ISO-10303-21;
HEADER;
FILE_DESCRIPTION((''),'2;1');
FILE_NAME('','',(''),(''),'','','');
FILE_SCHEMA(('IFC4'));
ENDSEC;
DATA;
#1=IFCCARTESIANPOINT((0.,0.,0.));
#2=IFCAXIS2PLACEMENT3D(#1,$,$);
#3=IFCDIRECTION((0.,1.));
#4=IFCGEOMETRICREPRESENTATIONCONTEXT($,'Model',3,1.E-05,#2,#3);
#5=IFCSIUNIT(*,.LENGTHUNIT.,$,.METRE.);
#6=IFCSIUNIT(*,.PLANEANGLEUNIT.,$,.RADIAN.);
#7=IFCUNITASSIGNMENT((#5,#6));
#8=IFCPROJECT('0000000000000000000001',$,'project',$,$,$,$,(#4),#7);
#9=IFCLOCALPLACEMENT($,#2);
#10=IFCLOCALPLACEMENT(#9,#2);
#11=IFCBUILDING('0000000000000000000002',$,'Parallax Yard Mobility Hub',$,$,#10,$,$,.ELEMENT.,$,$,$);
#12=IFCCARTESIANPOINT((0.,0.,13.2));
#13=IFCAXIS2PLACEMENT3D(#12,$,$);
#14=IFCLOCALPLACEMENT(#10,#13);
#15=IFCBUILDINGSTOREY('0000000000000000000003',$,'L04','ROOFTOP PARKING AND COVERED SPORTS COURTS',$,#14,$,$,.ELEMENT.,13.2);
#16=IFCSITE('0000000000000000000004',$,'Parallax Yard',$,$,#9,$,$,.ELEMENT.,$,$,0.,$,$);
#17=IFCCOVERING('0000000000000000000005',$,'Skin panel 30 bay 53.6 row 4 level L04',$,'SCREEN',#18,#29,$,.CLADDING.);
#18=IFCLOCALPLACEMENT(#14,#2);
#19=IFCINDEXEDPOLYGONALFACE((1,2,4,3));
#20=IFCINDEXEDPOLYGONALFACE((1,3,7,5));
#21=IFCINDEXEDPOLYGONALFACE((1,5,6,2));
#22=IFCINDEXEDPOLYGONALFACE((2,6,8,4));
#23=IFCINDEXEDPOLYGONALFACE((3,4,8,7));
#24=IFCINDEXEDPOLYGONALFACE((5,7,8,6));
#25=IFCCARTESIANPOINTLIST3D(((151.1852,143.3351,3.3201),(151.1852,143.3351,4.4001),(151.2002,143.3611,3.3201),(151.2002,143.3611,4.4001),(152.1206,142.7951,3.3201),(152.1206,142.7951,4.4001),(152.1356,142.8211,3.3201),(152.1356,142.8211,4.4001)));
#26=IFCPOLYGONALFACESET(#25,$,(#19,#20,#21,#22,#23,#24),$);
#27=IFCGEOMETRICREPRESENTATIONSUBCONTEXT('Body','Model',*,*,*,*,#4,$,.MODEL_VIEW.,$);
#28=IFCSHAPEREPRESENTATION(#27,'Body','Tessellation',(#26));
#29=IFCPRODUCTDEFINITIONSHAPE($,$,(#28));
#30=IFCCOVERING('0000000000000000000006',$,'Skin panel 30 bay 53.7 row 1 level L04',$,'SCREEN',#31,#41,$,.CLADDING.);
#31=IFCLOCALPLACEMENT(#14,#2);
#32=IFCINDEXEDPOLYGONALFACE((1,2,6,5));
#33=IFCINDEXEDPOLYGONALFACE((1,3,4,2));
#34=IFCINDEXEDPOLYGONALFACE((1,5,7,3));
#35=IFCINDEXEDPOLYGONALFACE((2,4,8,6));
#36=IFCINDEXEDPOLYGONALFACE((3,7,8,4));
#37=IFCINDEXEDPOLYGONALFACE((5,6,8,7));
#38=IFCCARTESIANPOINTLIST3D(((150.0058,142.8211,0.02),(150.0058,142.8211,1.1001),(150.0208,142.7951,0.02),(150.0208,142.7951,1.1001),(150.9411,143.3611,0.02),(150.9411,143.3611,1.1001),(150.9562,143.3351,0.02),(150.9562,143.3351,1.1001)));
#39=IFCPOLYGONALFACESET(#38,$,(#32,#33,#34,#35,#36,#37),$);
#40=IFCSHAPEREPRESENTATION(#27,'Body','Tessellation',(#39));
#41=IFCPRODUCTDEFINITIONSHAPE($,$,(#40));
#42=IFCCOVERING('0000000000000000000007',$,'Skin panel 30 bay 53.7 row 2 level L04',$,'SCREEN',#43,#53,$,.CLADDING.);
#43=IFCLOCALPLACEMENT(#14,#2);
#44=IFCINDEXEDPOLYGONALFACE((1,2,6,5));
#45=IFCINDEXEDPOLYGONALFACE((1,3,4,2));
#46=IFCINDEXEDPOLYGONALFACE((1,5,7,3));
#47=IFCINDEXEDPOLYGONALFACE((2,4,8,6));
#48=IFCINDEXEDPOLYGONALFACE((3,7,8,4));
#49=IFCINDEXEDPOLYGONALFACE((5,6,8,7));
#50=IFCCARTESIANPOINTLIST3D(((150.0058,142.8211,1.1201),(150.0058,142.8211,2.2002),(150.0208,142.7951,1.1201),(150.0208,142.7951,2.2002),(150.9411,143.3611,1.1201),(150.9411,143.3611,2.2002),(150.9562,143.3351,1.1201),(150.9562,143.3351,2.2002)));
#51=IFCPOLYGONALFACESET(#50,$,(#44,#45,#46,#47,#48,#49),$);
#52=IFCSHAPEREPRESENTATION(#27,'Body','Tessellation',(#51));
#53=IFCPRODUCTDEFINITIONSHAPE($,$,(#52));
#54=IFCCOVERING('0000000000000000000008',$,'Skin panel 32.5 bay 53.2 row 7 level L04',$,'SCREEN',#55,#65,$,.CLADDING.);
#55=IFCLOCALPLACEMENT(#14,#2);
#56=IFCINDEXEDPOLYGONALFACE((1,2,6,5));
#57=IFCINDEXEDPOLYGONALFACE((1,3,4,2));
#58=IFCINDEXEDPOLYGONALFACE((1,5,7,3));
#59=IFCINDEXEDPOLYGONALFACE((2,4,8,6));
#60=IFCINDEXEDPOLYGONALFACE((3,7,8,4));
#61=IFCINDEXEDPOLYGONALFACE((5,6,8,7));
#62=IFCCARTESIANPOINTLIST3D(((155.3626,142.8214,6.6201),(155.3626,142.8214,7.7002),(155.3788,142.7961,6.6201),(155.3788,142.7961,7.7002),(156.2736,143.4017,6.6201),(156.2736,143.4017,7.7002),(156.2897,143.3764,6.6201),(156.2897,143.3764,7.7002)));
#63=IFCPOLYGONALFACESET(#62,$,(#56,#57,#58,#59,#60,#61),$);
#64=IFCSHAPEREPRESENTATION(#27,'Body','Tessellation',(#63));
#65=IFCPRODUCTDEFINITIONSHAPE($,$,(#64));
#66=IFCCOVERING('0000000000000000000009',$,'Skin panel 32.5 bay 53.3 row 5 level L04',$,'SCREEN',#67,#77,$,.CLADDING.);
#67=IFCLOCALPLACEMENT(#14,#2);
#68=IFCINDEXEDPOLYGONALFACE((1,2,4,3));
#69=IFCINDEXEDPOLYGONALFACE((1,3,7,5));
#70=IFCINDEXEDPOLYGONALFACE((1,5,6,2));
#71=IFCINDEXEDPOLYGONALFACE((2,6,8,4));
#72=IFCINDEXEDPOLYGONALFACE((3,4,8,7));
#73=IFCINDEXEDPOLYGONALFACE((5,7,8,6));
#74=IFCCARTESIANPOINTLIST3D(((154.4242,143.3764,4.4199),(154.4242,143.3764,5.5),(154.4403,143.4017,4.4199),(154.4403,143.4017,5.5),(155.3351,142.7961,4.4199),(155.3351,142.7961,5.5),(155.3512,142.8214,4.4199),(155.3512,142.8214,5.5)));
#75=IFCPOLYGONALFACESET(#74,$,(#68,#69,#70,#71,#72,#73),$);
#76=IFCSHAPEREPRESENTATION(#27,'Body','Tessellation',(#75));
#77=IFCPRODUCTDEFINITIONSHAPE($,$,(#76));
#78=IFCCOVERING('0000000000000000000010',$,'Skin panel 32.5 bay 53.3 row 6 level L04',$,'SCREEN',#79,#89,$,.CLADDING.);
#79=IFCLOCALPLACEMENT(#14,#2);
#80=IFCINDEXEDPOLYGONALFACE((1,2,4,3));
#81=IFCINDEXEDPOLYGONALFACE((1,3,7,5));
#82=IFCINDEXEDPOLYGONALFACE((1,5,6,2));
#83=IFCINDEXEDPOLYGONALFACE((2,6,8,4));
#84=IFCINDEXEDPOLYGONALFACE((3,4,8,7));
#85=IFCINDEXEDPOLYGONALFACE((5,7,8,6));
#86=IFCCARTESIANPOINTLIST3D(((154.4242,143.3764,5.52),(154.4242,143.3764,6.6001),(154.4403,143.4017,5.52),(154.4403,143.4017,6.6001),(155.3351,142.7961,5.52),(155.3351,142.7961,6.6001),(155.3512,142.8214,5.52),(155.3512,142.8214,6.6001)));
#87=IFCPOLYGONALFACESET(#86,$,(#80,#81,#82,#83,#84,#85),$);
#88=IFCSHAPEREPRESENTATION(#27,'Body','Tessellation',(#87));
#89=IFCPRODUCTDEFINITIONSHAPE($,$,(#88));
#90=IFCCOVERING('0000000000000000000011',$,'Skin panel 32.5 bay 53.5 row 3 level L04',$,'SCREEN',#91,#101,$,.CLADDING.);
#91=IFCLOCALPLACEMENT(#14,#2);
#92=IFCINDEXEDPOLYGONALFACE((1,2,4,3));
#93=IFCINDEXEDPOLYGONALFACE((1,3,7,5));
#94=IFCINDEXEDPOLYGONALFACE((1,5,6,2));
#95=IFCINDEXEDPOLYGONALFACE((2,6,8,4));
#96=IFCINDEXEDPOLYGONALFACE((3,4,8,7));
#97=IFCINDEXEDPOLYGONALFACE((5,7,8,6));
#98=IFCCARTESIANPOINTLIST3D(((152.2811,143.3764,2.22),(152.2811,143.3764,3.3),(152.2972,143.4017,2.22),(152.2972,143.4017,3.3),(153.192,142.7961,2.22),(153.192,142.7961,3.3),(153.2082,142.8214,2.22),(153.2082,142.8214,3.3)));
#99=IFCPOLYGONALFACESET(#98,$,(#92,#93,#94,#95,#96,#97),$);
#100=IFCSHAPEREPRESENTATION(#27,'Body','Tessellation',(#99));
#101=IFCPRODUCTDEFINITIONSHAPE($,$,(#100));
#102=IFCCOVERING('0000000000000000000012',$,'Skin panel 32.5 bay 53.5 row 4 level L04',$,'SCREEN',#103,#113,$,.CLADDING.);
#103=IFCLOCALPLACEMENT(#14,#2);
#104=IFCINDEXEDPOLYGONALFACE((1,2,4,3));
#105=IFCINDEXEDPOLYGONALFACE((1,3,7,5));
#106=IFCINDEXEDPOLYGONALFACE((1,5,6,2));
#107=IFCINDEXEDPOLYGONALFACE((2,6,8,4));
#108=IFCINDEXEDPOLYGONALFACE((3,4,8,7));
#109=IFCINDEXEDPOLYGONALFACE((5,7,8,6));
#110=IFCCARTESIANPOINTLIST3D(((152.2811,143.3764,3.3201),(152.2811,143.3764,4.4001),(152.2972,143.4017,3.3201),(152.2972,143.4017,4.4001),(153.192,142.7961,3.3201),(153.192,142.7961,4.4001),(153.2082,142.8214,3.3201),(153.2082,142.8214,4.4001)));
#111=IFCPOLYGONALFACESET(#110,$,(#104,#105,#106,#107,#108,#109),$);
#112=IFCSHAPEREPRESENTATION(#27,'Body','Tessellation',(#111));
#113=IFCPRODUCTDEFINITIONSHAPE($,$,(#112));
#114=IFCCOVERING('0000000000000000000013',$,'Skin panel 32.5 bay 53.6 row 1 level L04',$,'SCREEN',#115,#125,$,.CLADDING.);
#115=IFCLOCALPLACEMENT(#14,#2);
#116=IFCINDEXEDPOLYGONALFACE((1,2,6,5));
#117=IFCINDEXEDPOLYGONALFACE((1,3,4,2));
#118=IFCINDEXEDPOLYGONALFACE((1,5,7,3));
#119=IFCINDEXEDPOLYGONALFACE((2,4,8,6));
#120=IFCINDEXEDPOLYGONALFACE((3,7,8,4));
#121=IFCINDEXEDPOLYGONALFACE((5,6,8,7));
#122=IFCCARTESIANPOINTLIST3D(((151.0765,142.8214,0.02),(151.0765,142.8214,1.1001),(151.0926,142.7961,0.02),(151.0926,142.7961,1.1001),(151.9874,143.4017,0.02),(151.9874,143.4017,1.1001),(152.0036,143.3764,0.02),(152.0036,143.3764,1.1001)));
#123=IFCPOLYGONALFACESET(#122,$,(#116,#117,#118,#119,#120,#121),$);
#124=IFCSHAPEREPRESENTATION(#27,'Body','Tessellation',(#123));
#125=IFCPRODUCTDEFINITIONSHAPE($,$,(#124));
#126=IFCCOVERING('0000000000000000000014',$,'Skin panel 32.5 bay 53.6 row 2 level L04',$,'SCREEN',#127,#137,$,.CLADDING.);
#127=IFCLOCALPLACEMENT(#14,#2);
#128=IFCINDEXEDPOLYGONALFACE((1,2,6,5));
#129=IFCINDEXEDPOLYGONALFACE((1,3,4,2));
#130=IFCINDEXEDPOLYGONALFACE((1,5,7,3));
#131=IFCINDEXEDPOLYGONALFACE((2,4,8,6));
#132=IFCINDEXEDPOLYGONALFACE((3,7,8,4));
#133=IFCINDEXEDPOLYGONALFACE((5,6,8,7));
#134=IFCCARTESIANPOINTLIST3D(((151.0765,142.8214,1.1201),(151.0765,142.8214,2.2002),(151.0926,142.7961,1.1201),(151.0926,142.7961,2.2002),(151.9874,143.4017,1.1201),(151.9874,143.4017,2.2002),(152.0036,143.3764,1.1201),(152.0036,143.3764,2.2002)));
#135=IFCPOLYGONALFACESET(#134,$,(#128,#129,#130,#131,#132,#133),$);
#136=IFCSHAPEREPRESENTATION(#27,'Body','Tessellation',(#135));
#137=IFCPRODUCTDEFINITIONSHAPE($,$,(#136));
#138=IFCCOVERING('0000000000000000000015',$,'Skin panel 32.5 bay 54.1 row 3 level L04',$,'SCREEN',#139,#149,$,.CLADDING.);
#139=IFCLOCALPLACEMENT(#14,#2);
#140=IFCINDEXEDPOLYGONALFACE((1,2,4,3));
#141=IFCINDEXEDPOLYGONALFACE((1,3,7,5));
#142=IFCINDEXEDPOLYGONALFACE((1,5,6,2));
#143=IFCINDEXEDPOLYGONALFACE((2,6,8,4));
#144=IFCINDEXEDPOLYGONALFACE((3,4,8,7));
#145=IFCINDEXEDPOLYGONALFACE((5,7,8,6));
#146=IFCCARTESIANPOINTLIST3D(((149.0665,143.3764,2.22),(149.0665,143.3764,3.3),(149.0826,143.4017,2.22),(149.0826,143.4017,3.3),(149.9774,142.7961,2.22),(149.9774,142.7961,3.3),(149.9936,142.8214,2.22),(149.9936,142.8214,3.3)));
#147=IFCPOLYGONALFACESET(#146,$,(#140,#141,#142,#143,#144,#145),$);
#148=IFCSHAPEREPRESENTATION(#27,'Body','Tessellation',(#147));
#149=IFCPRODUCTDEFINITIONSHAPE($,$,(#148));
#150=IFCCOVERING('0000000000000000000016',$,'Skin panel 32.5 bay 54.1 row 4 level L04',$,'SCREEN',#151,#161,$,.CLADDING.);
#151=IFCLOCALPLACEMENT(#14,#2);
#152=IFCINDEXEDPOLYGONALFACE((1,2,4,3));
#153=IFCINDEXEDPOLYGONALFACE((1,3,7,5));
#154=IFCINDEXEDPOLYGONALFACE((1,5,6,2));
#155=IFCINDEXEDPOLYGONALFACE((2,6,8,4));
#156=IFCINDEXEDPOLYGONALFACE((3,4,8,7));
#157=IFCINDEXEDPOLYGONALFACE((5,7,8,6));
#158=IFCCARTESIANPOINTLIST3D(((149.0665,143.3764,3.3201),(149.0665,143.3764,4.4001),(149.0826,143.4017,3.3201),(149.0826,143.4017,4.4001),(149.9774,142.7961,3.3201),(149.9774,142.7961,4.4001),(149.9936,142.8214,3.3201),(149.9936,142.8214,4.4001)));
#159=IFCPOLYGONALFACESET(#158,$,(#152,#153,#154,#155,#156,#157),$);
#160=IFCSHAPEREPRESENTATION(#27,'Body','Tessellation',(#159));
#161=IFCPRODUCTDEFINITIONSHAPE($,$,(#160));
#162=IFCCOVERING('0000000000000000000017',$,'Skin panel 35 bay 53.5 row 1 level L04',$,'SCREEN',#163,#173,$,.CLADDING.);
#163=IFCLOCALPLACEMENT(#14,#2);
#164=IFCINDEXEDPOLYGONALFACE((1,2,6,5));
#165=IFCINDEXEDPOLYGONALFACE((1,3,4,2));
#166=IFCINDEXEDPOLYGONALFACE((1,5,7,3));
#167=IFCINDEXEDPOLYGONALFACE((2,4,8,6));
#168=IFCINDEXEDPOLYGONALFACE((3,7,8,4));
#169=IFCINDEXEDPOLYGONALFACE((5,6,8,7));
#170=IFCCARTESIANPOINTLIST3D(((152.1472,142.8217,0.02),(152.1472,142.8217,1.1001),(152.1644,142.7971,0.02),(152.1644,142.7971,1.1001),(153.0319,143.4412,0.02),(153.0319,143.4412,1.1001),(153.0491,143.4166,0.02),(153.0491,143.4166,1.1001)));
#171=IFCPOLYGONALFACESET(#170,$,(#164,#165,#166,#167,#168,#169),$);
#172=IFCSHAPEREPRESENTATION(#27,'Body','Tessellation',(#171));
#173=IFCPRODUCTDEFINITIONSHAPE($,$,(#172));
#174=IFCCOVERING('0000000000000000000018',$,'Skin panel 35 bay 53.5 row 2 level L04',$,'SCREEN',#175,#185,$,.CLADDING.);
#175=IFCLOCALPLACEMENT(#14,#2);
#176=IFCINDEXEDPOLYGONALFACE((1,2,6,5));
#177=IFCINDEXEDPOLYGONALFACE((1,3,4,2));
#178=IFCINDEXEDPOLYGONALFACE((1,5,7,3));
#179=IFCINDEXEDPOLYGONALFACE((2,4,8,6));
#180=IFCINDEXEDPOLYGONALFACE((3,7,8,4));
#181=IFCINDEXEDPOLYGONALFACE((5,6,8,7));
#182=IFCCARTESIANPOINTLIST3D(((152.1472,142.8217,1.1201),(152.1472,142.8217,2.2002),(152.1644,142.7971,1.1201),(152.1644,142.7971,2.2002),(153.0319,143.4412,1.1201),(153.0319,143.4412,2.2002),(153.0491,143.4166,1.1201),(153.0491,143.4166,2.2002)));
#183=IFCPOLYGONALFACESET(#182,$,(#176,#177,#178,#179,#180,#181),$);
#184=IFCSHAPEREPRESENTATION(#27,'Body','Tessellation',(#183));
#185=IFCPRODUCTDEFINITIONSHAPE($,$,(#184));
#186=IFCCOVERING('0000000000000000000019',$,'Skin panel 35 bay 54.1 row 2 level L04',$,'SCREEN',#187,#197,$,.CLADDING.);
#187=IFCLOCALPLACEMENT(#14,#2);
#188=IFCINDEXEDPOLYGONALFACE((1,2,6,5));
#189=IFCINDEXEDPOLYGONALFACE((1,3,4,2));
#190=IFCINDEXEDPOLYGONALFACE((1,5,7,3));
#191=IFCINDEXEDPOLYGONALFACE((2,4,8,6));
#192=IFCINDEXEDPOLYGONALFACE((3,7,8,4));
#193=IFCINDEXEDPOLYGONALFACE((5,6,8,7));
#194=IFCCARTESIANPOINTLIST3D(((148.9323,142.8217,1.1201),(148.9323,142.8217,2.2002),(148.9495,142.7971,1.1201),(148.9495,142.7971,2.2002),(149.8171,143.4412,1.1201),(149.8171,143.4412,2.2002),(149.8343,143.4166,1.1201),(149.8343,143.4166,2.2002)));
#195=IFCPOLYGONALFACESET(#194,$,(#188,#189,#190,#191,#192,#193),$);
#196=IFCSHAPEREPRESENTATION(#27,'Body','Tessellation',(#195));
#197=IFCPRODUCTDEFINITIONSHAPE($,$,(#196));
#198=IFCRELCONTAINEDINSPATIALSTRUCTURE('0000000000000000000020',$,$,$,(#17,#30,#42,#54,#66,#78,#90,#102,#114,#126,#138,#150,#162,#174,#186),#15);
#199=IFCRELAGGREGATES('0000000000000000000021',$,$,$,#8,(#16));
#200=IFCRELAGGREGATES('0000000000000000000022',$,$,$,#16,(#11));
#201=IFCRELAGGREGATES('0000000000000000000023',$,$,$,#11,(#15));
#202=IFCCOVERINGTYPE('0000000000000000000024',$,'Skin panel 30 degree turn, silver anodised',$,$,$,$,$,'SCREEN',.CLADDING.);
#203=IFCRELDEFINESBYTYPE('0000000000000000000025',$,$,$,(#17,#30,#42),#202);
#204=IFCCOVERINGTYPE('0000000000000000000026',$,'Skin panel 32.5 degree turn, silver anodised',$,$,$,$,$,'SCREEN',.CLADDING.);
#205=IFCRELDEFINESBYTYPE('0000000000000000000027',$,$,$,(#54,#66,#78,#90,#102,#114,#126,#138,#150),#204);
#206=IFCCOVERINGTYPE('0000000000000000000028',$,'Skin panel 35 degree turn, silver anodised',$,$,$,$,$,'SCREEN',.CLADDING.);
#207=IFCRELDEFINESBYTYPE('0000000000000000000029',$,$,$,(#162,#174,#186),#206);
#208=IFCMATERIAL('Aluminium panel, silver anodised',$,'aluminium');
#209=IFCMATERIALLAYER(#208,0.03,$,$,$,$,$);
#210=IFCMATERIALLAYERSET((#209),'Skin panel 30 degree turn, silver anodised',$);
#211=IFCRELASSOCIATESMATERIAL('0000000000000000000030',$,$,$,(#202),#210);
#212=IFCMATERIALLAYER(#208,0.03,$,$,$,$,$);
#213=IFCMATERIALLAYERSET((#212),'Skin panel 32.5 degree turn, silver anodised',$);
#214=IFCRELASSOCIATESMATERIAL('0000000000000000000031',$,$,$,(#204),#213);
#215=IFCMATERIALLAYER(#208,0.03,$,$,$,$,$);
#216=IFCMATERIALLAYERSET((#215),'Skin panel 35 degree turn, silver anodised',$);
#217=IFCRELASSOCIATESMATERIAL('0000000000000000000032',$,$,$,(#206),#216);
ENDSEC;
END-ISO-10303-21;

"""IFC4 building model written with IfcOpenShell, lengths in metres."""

from ifc_helpers import new_model, si_unit, direction, frame, origin, origin_2d, place, context, subcontext, project, spatial, rectangle, extrude, material, layer, layer_set, type_object, element, save


model = new_model("IFC4")

# Units and contexts
model_context = context("Model", 3, precision=1e-05, world=origin(), true_north=direction((0.0, 1.0)))
body_context = subcontext(model_context, "Body", "Model", "MODEL_VIEW")
ifc_project = project(units=[si_unit("LENGTHUNIT", "METRE"), si_unit("PLANEANGLEUNIT", "RADIAN")], contexts=[model_context])

# Site, building, storey
site_placement = place(None, origin())
site = spatial("IfcSite", under=ifc_project, at=site_placement, Name="Parallax Yard", CompositionType="ELEMENT", RefElevation=0.0)
building_placement = place(site_placement, origin())
building = spatial("IfcBuilding", under=site, at=building_placement, Name="Parallax Yard Mobility Hub", CompositionType="ELEMENT")
storey_placement = place(building_placement, frame((0.0, 0.0, 13.2)))
storey = spatial("IfcBuildingStorey", under=building, at=storey_placement, Name="L04", Description="ROOFTOP PARKING AND COVERED SPORTS COURTS", CompositionType="ELEMENT", Elevation=13.2)

# Coverings
ifc_material = material(Name="Aluminium panel, silver anodised", Category="aluminium")
ifc_layer_1 = layer(ifc_material, 0.03)
ifc_layer_set_1 = layer_set([ifc_layer_1], Name="Skin panel 30 degree turn, silver anodised")
covering_type_1 = type_object("IfcCoveringType", Name="Skin panel 30 degree turn, silver anodised", ElementType="SCREEN", PredefinedType="CLADDING", material=ifc_layer_set_1)
for number, where, z_axis, x_axis, name in (
    (1, (151.6604, 143.0781, 3.3201), (0.0, 0.0, 1.0), (-0.866025, 0.5, 0.0), "Skin panel 30 bay 53.6 row 4 level L04"),
    (2, (150.481, 143.0781, 0.02), (0.0, 0.0, 1.0), (0.866025, 0.5, 0.0), "Skin panel 30 bay 53.7 row 1 level L04"),
    (3, (150.481, 143.0781, 1.1201), (0.0, 0.0, 1.0), (0.866025, 0.5, 0.0), "Skin panel 30 bay 53.7 row 2 level L04"),
):
    element("IfcCovering", number, at=place(storey_placement, frame(where, z_axis=z_axis, x_axis=x_axis)), inside=storey, type_object=covering_type_1, Name=name, ObjectType="SCREEN", PredefinedType="CLADDING", context=body_context, shape_type="SweptSolid", body=[
        extrude(rectangle(XDim=1.0801, YDim=0.03, at=origin_2d()), origin(), (0.0, 0.0, 1.0), 1.0801),
    ])
ifc_layer_2 = layer(ifc_material, 0.03)
ifc_layer_set_2 = layer_set([ifc_layer_2], Name="Skin panel 32.5 degree turn, silver anodised")
covering_type_2 = type_object("IfcCoveringType", Name="Skin panel 32.5 degree turn, silver anodised", ElementType="SCREEN", PredefinedType="CLADDING", material=ifc_layer_set_2)
for number, where, z_axis, x_axis, name in (
    (4, (155.8262, 143.0989, 6.6201), (0.0, 0.0, 1.0), (0.843391, 0.5373, 0.0), "Skin panel 32.5 bay 53.2 row 7 level L04"),
    (5, (154.8877, 143.0989, 4.4199), (0.0, 0.0, 1.0), (-0.843391, 0.5373, 0.0), "Skin panel 32.5 bay 53.3 row 5 level L04"),
    (6, (154.8877, 143.0989, 5.52), (0.0, 0.0, 1.0), (-0.843391, 0.5373, 0.0), "Skin panel 32.5 bay 53.3 row 6 level L04"),
    (7, (152.7446, 143.0989, 2.22), (0.0, 0.0, 1.0), (-0.843391, 0.5373, 0.0), "Skin panel 32.5 bay 53.5 row 3 level L04"),
    (8, (152.7446, 143.0989, 3.3201), (0.0, 0.0, 1.0), (-0.843391, 0.5373, 0.0), "Skin panel 32.5 bay 53.5 row 4 level L04"),
    (9, (151.54, 143.0989, 0.02), (0.0, 0.0, 1.0), (0.843391, 0.5373, 0.0), "Skin panel 32.5 bay 53.6 row 1 level L04"),
    (10, (151.54, 143.0989, 1.1201), (0.0, 0.0, 1.0), (0.843391, 0.5373, 0.0), "Skin panel 32.5 bay 53.6 row 2 level L04"),
    (11, (149.53, 143.0989, 2.22), (0.0, 0.0, 1.0), (-0.843391, 0.5373, 0.0), "Skin panel 32.5 bay 54.1 row 3 level L04"),
    (12, (149.53, 143.0989, 3.3201), (0.0, 0.0, 1.0), (-0.843391, 0.5373, 0.0), "Skin panel 32.5 bay 54.1 row 4 level L04"),
):
    element("IfcCovering", number, at=place(storey_placement, frame(where, z_axis=z_axis, x_axis=x_axis)), inside=storey, type_object=covering_type_2, Name=name, ObjectType="SCREEN", PredefinedType="CLADDING", context=body_context, shape_type="SweptSolid", body=[
        extrude(rectangle(XDim=1.0801, YDim=0.03, at=origin_2d()), origin(), (0.0, 0.0, 1.0), 1.0801),
    ])
ifc_layer_3 = layer(ifc_material, 0.03)
ifc_layer_set_3 = layer_set([ifc_layer_3], Name="Skin panel 35 degree turn, silver anodised")
covering_type_3 = type_object("IfcCoveringType", Name="Skin panel 35 degree turn, silver anodised", ElementType="SCREEN", PredefinedType="CLADDING", material=ifc_layer_set_3)
for number, where, z_axis, x_axis, name in (
    (13, (152.5981, 143.1191, 0.02), (0.0, 0.0, 1.0), (0.819152, 0.573576, 0.0), "Skin panel 35 bay 53.5 row 1 level L04"),
    (14, (152.5981, 143.1191, 1.1201), (0.0, 0.0, 1.0), (0.819152, 0.573576, 0.0), "Skin panel 35 bay 53.5 row 2 level L04"),
    (15, (149.3833, 143.1191, 1.1201), (0.0, 0.0, 1.0), (0.819152, 0.573576, 0.0), "Skin panel 35 bay 54.1 row 2 level L04"),
):
    element("IfcCovering", number, at=place(storey_placement, frame(where, z_axis=z_axis, x_axis=x_axis)), inside=storey, type_object=covering_type_3, Name=name, ObjectType="SCREEN", PredefinedType="CLADDING", context=body_context, shape_type="SweptSolid", body=[
        extrude(rectangle(XDim=1.0801, YDim=0.03, at=origin_2d()), origin(), (0.0, 0.0, 1.0), 1.0801),
    ])

save(model, "model.ifc")
